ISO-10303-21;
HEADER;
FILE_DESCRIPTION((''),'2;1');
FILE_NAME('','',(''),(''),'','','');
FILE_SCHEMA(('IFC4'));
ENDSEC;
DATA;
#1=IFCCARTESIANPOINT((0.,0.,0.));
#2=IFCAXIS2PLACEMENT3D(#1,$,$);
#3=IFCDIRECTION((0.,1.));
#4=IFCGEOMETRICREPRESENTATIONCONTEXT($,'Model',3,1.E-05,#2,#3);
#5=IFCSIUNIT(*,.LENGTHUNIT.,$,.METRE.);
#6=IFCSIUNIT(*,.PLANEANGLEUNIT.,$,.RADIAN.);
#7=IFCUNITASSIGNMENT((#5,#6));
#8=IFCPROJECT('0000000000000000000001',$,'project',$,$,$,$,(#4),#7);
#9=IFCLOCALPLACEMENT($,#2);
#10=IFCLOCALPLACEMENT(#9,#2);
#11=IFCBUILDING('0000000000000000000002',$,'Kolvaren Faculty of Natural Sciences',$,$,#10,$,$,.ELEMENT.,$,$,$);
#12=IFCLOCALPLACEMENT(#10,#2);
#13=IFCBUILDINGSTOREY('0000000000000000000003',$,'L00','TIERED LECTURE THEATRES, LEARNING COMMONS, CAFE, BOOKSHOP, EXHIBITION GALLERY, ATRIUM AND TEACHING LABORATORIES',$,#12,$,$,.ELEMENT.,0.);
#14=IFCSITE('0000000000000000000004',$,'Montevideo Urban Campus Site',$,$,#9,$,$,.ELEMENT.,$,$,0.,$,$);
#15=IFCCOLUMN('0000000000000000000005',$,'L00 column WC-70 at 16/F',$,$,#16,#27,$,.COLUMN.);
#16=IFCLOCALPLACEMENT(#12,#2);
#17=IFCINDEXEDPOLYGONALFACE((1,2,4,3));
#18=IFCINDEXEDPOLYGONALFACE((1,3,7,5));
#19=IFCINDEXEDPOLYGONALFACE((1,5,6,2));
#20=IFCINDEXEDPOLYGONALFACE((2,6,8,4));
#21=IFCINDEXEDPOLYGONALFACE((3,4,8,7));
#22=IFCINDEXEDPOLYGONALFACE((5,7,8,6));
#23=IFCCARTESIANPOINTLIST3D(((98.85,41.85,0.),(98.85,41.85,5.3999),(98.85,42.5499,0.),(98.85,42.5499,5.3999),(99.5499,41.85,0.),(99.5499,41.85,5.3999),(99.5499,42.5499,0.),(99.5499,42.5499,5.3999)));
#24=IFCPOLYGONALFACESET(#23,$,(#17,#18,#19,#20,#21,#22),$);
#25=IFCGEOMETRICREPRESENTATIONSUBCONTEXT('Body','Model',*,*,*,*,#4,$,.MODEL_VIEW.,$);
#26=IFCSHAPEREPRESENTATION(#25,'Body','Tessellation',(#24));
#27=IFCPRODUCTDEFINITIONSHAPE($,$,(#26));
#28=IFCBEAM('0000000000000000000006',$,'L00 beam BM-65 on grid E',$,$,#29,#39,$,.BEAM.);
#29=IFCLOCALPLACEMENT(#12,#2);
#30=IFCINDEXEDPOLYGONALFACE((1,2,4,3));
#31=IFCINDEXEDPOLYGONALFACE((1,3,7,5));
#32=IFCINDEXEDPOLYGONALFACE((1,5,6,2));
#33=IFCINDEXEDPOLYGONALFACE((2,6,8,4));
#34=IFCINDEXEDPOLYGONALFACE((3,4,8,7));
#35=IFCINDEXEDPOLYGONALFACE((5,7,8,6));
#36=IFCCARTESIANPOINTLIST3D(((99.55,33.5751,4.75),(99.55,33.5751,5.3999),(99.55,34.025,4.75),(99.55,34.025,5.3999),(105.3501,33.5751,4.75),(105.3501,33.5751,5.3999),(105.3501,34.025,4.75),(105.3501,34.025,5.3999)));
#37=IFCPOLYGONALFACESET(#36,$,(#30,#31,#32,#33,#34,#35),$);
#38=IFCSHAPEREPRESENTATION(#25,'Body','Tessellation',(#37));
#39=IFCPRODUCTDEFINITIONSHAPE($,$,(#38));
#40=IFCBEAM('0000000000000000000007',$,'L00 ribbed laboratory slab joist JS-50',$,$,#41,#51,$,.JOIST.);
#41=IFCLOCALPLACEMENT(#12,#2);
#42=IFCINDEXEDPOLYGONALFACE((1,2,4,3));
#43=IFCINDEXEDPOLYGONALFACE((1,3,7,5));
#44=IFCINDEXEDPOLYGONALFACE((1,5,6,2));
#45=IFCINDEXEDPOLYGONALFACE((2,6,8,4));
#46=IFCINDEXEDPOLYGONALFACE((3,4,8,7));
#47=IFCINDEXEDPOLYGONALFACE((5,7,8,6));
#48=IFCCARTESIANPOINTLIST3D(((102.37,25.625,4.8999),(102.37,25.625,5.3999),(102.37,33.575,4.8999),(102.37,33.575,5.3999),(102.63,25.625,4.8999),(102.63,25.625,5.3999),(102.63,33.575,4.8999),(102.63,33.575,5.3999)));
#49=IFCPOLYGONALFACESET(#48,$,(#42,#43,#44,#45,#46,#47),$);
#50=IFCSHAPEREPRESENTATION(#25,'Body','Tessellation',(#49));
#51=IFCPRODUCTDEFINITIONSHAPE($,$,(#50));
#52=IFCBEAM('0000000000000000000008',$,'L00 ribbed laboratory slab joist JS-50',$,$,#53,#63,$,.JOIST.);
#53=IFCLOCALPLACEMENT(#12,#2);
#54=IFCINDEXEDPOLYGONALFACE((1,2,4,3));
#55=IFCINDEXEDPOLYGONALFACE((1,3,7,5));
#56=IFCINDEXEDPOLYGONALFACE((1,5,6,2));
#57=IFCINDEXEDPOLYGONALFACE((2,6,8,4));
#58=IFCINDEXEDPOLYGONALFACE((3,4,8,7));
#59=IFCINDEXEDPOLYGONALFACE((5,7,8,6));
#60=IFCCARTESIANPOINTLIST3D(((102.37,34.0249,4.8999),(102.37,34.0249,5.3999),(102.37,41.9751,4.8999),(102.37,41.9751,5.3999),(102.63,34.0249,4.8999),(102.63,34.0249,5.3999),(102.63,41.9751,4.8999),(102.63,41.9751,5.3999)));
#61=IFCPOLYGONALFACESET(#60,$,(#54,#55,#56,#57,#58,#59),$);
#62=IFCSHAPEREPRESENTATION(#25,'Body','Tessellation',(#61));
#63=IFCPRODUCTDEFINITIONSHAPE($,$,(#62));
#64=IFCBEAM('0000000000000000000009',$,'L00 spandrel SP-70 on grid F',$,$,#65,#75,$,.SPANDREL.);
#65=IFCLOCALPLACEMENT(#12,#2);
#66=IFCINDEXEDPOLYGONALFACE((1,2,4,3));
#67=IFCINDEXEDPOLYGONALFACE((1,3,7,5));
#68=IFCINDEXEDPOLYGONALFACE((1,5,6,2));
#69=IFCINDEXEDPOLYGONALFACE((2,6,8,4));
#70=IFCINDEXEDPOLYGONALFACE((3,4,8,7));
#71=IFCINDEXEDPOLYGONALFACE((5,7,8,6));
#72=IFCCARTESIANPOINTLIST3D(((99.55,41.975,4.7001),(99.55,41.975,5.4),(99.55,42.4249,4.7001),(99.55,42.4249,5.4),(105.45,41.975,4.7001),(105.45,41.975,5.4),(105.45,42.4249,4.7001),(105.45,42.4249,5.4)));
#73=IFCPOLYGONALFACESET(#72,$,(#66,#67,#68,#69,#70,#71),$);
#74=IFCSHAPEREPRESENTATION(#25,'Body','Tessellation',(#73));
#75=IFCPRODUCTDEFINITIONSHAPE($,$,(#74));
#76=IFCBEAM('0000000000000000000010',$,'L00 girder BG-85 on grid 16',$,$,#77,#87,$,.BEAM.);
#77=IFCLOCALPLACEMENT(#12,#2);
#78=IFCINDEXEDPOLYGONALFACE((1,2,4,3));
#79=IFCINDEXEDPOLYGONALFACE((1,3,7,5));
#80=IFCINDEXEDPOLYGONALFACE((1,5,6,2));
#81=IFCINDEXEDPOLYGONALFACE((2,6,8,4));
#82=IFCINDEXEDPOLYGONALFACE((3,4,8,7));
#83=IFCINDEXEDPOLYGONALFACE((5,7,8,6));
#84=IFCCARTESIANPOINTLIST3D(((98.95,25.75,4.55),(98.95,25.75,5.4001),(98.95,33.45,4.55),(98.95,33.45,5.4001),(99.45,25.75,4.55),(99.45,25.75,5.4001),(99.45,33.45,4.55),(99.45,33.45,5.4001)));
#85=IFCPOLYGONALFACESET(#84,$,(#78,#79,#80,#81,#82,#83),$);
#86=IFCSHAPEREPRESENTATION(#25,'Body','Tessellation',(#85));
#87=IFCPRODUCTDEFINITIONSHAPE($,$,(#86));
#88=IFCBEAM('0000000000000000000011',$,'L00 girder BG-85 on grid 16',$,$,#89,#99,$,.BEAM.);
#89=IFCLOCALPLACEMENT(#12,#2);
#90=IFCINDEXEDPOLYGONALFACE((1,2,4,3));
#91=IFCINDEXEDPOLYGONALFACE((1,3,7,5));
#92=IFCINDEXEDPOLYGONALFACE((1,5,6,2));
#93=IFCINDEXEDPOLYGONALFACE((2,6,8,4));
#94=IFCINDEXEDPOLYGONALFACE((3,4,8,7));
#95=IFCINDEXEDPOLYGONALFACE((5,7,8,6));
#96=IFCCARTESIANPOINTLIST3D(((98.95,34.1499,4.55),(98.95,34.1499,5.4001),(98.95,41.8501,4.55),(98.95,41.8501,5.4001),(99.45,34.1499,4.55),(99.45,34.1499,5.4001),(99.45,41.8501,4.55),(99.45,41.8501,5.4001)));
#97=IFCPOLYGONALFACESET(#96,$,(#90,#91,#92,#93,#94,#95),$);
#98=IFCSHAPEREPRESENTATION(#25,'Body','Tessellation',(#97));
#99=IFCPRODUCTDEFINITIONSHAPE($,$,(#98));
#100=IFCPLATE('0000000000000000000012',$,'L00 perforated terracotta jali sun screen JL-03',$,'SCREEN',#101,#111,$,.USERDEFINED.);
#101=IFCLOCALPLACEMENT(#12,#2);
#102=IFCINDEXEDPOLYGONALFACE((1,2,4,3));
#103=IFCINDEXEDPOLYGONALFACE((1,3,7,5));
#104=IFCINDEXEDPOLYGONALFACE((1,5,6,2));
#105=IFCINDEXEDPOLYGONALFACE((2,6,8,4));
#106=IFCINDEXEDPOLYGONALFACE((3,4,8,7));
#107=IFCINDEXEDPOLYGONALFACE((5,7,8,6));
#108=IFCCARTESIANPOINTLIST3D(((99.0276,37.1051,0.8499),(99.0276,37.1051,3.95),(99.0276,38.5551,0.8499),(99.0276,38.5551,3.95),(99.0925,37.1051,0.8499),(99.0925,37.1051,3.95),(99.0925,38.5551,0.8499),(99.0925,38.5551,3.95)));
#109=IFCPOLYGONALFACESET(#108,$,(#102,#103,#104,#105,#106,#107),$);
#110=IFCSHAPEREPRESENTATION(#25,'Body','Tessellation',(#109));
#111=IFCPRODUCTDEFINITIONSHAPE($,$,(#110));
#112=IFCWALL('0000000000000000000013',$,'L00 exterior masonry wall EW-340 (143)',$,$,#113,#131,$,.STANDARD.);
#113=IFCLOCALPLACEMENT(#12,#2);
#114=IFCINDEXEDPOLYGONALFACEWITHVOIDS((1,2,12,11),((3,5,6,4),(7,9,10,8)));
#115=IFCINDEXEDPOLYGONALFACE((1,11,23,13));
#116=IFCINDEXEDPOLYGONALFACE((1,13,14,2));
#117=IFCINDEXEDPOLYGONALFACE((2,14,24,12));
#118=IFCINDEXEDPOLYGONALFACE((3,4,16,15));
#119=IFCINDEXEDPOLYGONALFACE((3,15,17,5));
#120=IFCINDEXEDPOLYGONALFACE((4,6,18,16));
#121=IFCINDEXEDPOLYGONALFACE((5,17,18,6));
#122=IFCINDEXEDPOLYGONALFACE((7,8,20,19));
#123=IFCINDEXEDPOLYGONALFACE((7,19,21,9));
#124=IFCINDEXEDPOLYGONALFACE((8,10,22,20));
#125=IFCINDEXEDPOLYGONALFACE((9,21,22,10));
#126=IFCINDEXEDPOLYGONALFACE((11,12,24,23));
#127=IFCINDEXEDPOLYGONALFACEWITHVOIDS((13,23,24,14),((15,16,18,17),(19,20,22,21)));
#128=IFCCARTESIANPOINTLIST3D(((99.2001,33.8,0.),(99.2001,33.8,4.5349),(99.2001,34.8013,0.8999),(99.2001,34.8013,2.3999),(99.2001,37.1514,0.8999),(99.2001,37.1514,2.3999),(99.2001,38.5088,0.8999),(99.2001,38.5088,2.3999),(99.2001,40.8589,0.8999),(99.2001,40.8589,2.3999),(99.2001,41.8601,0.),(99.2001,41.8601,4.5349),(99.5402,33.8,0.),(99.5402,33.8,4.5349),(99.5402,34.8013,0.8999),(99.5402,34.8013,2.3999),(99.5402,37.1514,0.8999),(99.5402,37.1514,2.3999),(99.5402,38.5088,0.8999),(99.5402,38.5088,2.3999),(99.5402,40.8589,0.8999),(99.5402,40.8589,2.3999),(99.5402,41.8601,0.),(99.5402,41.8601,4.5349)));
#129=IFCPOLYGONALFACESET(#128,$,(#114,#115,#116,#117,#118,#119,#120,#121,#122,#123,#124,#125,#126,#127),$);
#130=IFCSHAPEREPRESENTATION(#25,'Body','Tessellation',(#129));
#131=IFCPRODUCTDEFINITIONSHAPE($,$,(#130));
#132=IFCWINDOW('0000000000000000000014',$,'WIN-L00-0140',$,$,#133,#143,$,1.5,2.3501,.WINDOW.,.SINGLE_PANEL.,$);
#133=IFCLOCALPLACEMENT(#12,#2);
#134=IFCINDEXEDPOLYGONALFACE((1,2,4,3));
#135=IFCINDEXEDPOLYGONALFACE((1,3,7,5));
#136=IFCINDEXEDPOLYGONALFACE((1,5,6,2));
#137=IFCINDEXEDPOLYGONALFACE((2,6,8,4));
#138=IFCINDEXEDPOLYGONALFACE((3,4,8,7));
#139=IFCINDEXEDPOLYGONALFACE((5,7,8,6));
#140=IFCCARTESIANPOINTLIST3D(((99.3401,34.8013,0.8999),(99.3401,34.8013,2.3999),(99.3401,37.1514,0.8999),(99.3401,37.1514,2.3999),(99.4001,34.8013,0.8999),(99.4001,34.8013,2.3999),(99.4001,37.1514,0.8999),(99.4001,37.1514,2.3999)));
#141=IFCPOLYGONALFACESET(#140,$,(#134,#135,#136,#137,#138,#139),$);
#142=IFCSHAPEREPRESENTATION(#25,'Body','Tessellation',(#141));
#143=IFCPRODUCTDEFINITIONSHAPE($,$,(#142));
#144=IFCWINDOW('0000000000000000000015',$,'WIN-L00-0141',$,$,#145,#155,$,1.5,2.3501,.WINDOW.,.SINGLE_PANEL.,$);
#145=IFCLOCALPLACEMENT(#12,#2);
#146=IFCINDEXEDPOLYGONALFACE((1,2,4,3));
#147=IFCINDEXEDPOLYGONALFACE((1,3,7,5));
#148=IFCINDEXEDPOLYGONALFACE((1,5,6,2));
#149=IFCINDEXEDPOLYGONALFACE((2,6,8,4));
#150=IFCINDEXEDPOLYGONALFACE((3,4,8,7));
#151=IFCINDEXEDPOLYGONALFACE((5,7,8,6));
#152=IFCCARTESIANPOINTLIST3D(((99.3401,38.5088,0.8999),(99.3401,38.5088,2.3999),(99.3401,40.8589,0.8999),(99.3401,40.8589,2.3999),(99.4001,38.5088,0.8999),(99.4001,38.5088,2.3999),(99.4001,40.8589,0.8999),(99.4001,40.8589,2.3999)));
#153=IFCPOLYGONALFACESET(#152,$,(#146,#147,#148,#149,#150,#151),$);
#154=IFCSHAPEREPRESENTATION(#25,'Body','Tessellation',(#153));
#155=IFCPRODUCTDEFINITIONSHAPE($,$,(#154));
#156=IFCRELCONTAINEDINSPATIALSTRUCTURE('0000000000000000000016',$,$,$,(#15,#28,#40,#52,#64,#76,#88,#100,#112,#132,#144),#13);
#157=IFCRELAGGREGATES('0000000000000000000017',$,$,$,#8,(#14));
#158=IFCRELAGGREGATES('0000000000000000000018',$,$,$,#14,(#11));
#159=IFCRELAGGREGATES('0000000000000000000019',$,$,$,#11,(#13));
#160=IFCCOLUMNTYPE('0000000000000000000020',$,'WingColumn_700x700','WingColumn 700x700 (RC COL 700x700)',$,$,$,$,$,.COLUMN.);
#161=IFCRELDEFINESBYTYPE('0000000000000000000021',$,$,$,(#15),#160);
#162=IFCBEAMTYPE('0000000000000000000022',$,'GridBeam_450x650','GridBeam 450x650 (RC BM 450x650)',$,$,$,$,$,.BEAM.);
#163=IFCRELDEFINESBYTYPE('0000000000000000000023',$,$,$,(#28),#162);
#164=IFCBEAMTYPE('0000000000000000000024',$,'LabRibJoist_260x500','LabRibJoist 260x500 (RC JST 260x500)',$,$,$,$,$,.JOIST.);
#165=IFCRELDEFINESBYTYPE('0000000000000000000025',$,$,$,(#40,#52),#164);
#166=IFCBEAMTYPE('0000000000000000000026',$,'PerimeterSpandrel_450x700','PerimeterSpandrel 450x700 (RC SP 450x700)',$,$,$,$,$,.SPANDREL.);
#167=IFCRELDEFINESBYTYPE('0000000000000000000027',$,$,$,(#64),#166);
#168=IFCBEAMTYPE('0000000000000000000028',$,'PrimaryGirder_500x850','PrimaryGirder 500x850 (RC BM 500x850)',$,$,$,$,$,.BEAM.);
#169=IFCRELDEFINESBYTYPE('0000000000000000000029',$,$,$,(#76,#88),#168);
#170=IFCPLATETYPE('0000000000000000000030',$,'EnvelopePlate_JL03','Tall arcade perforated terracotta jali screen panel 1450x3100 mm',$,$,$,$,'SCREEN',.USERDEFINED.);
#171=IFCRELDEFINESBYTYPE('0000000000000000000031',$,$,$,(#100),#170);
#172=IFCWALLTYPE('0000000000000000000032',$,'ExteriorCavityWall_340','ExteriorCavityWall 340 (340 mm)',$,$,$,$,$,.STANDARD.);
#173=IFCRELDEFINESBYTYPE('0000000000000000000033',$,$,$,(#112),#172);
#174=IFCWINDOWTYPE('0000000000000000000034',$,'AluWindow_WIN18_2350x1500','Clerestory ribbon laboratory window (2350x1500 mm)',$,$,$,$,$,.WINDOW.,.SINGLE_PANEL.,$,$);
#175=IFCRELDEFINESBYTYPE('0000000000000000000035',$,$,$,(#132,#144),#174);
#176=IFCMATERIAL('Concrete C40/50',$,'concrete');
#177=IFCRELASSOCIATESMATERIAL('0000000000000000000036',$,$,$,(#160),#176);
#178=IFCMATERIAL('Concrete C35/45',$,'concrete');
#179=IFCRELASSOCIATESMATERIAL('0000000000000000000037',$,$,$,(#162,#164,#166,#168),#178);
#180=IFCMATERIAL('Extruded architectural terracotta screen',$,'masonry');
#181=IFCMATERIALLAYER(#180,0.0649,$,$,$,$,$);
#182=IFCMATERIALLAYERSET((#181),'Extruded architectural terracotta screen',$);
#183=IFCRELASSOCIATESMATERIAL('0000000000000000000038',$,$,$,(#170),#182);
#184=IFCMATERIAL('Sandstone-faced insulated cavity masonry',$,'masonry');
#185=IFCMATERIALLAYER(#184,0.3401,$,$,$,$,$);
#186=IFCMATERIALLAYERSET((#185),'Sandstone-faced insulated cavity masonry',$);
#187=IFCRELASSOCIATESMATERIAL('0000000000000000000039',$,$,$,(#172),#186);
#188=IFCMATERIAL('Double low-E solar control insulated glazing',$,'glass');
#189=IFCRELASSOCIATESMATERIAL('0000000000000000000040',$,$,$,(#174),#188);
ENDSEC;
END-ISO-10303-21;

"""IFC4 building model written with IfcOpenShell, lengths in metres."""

from ifc_helpers import new_model, si_unit, direction, frame, frame_2d, origin, origin_2d, place, context, subcontext, project, spatial, rectangle, extrude, material, layer, layer_set, material_profile, profile_set, type_object, element, fill, save


model = new_model("IFC4")

# Units and contexts
model_context = context("Model", 3, precision=1e-05, world=origin(), true_north=direction((0.0, 1.0)))
body_context = subcontext(model_context, "Body", "Model", "MODEL_VIEW")
ifc_project = project(units=[si_unit("LENGTHUNIT", "METRE"), si_unit("PLANEANGLEUNIT", "RADIAN")], contexts=[model_context])

# Site, building, storey
site_placement = place(None, origin())
site = spatial("IfcSite", under=ifc_project, at=site_placement, Name="Montevideo Urban Campus Site", CompositionType="ELEMENT", RefElevation=0.0)
building_placement = place(site_placement, origin())
building = spatial("IfcBuilding", under=site, at=building_placement, Name="Kolvaren Faculty of Natural Sciences", CompositionType="ELEMENT")
storey_placement = place(building_placement, origin())
storey = spatial("IfcBuildingStorey", under=building, at=storey_placement, Name="L00", Description="TIERED LECTURE THEATRES, LEARNING COMMONS, CAFE, BOOKSHOP, EXHIBITION GALLERY, ATRIUM AND TEACHING LABORATORIES", CompositionType="ELEMENT", Elevation=0.0)

# Shared definitions
ifc_material_1 = material(Name="Concrete C35/45", Category="concrete")

# Column
ifc_material_2 = material(Name="Concrete C40/50", Category="concrete")
ifc_material_profile_1 = material_profile(ifc_material_2, rectangle(XDim=0.7, YDim=0.7, at=origin_2d()), Name="RC COL 700x700")
ifc_profile_set_1 = profile_set([ifc_material_profile_1], Name="Concrete C40/50")
column_type = type_object("IfcColumnType", Name="WingColumn_700x700", Description="WingColumn 700x700 (RC COL 700x700)", PredefinedType="COLUMN", material=ifc_profile_set_1)
for number, where, z_axis, x_axis, name in (
    (1, (99.2, 42.2, 0.0), (0.0, 0.0, 1.0), (1.0, 0.0, 0.0), "L00 column WC-70 at 16/F"),
):
    element("IfcColumn", number, at=place(storey_placement, frame(where, z_axis=z_axis, x_axis=x_axis)), inside=storey, type_object=column_type, Name=name, PredefinedType="COLUMN", context=body_context, shape_type="SweptSolid", body=[
        extrude(rectangle(XDim=0.7, YDim=0.7, at=origin_2d()), origin(), (0.0, 0.0, 1.0), 5.3999),
    ])

# Beams
ifc_material_profile_2 = material_profile(ifc_material_1, rectangle(XDim=0.45, YDim=0.6499, at=origin_2d()), Name="RC BM 450x650")
ifc_profile_set_2 = profile_set([ifc_material_profile_2], Name="Concrete C35/45")
beam_type_1 = type_object("IfcBeamType", Name="GridBeam_450x650", Description="GridBeam 450x650 (RC BM 450x650)", PredefinedType="BEAM", material=ifc_profile_set_2)
beam_1_placement = place(storey_placement, frame((99.55, 33.8, 5.075), z_axis=(1.0, 0.0, 0.0), x_axis=(0.0, 1.0, 0.0)))
element("IfcBeam", 2, at=beam_1_placement, inside=storey, type_object=beam_type_1, Name="L00 beam BM-65 on grid E", PredefinedType="BEAM", context=body_context, shape_type="SweptSolid", body=[
    extrude(rectangle(XDim=0.45, YDim=0.6499, at=origin_2d()), origin(), (0.0, 0.0, 1.0), 5.8),
])
ifc_material_profile_3 = material_profile(ifc_material_1, rectangle(XDim=0.26, YDim=0.5, at=origin_2d()), Name="RC JST 260x500")
ifc_profile_set_3 = profile_set([ifc_material_profile_3], Name="Concrete C35/45")
beam_type_2 = type_object("IfcBeamType", Name="LabRibJoist_260x500", Description="LabRibJoist 260x500 (RC JST 260x500)", PredefinedType="JOIST", material=ifc_profile_set_3)
beam_2_placement = place(storey_placement, frame((102.5, 25.625, 5.1499), z_axis=(0.0, 1.0, 0.0), x_axis=(-1.0, 0.0, 0.0)))
element("IfcBeam", 3, at=beam_2_placement, inside=storey, type_object=beam_type_2, Name="L00 ribbed laboratory slab joist JS-50", PredefinedType="JOIST", context=body_context, shape_type="SweptSolid", body=[
    extrude(rectangle(XDim=0.26, YDim=0.5, at=origin_2d()), origin(), (0.0, 0.0, 1.0), 7.95),
])
beam_3_placement = place(storey_placement, frame((102.5, 34.0249, 5.1499), z_axis=(0.0, 1.0, 0.0), x_axis=(-1.0, 0.0, 0.0)))
element("IfcBeam", 4, at=beam_3_placement, inside=storey, type_object=beam_type_2, Name="L00 ribbed laboratory slab joist JS-50", PredefinedType="JOIST", context=body_context, shape_type="SweptSolid", body=[
    extrude(rectangle(XDim=0.26, YDim=0.5, at=origin_2d()), origin(), (0.0, 0.0, 1.0), 7.9502),
])
ifc_material_profile_4 = material_profile(ifc_material_1, rectangle(XDim=0.45, YDim=0.7, at=origin_2d()), Name="RC SP 450x700")
ifc_profile_set_4 = profile_set([ifc_material_profile_4], Name="Concrete C35/45")
beam_type_3 = type_object("IfcBeamType", Name="PerimeterSpandrel_450x700", Description="PerimeterSpandrel 450x700 (RC SP 450x700)", PredefinedType="SPANDREL", material=ifc_profile_set_4)
beam_4_placement = place(storey_placement, frame((99.55, 42.2, 5.05), z_axis=(1.0, 0.0, 0.0), x_axis=(0.0, 1.0, 0.0)))
element("IfcBeam", 5, at=beam_4_placement, inside=storey, type_object=beam_type_3, Name="L00 spandrel SP-70 on grid F", PredefinedType="SPANDREL", context=body_context, shape_type="SweptSolid", body=[
    extrude(rectangle(XDim=0.45, YDim=0.7, at=origin_2d()), origin(), (0.0, 0.0, 1.0), 5.8999),
])
ifc_material_profile_5 = material_profile(ifc_material_1, rectangle(XDim=0.5, YDim=0.8501, at=origin_2d()), Name="RC BM 500x850")
ifc_profile_set_5 = profile_set([ifc_material_profile_5], Name="Concrete C35/45")
beam_type_4 = type_object("IfcBeamType", Name="PrimaryGirder_500x850", Description="PrimaryGirder 500x850 (RC BM 500x850)", PredefinedType="BEAM", material=ifc_profile_set_5)
beam_5_placement = place(storey_placement, frame((99.2, 25.75, 4.9751), z_axis=(0.0, 1.0, 0.0), x_axis=(-1.0, 0.0, 0.0)))
element("IfcBeam", 6, at=beam_5_placement, inside=storey, type_object=beam_type_4, Name="L00 girder BG-85 on grid 16", PredefinedType="BEAM", context=body_context, shape_type="SweptSolid", body=[
    extrude(rectangle(XDim=0.5, YDim=0.8501, at=origin_2d()), origin(), (0.0, 0.0, 1.0), 7.7),
])
beam_6_placement = place(storey_placement, frame((99.2, 34.1499, 4.9751), z_axis=(0.0, 1.0, 0.0), x_axis=(-1.0, 0.0, 0.0)))
element("IfcBeam", 7, at=beam_6_placement, inside=storey, type_object=beam_type_4, Name="L00 girder BG-85 on grid 16", PredefinedType="BEAM", context=body_context, shape_type="SweptSolid", body=[
    extrude(rectangle(XDim=0.5, YDim=0.8501, at=origin_2d()), origin(), (0.0, 0.0, 1.0), 7.7002),
])

# Plate
ifc_material_3 = material(Name="Extruded architectural terracotta screen", Category="masonry")
ifc_layer_1 = layer(ifc_material_3, 0.0649)
ifc_layer_set_1 = layer_set([ifc_layer_1], Name="Extruded architectural terracotta screen")
plate_type = type_object("IfcPlateType", Name="EnvelopePlate_JL03", Description="Tall arcade perforated terracotta jali screen panel 1450x3100 mm", ElementType="SCREEN", PredefinedType="USERDEFINED", material=ifc_layer_set_1)
plate_placement = place(storey_placement, frame((99.0601, 37.8301, 0.8499), z_axis=(0.0, 0.0, 1.0), x_axis=(0.0, 1.0, 0.0)))
element("IfcPlate", 8, at=plate_placement, inside=storey, type_object=plate_type, Name="L00 perforated terracotta jali sun screen JL-03", ObjectType="SCREEN", PredefinedType="USERDEFINED", context=body_context, shape_type="SweptSolid", body=[
    extrude(rectangle(XDim=1.45, YDim=0.0649, at=origin_2d()), origin(), (0.0, 0.0, 1.0), 3.1001),
])

# Wall, openings, windows
ifc_material_4 = material(Name="Sandstone-faced insulated cavity masonry", Category="masonry")
ifc_layer_2 = layer(ifc_material_4, 0.3401)
ifc_layer_set_2 = layer_set([ifc_layer_2], Name="Sandstone-faced insulated cavity masonry")
wall_type = type_object("IfcWallType", Name="ExteriorCavityWall_340", Description="ExteriorCavityWall 340 (340 mm)", PredefinedType="STANDARD", material=ifc_layer_set_2)
wall_1_placement = place(storey_placement, frame((99.3701, 33.8, 0.0), z_axis=(0.0, 0.0, 1.0), x_axis=(0.0, 1.0, 0.0)))
wall_1 = element("IfcWall", 9, at=wall_1_placement, inside=storey, type_object=wall_type, Name="L00 exterior masonry wall EW-340 (143)", PredefinedType="STANDARD", context=body_context, shape_type="SweptSolid", body=[
    extrude(rectangle(XDim=8.0601, YDim=0.3401, at=frame_2d((4.03, 0.0))), origin(), (0.0, 0.0, 1.0), 4.5349),
])
opening_1_placement = place(wall_1_placement, frame((1.0012, 0.0, 0.8999)))
opening_1 = element("IfcOpeningElement", 10, at=opening_1_placement, cuts=wall_1, PredefinedType="OPENING", context=body_context, shape_type="SweptSolid", body=[
    extrude(rectangle(XDim=2.3501, YDim=1.5, at=frame_2d((1.175, 0.75))), frame((0.0, 0.1799, 0.0), z_axis=(0.0, -1.0, 0.0), x_axis=(1.0, 0.0, 0.0)), (0.0, 0.0, 1.0), 0.3601),
])
opening_2_placement = place(wall_1_placement, frame((4.7087, 0.0, 0.8999)))
opening_2 = element("IfcOpeningElement", 11, at=opening_2_placement, cuts=wall_1, PredefinedType="OPENING", context=body_context, shape_type="SweptSolid", body=[
    extrude(rectangle(XDim=2.3501, YDim=1.5, at=frame_2d((1.175, 0.75))), frame((0.0, 0.1799, 0.0), z_axis=(0.0, -1.0, 0.0), x_axis=(1.0, 0.0, 0.0)), (0.0, 0.0, 1.0), 0.3601),
])
ifc_material_5 = material(Name="Double low-E solar control insulated glazing", Category="glass")
window_type_1 = type_object("IfcWindowType", Name="AluWindow_WIN18_2350x1500", Description="Clerestory ribbon laboratory window (2350x1500 mm)", PartitioningType="SINGLE_PANEL", PredefinedType="WINDOW", material=ifc_material_5)
window_1_placement = place(opening_1_placement, origin())
window_1 = element("IfcWindow", 12, at=window_1_placement, inside=storey, type_object=window_type_1, Name="WIN-L00-0140", OverallHeight=1.5, OverallWidth=2.3501, PartitioningType="SINGLE_PANEL", PredefinedType="WINDOW", context=body_context, shape_type="SweptSolid", body=[
    extrude(rectangle(XDim=2.3501, YDim=1.5, at=frame_2d((1.175, 0.75))), frame((0.0, 0.03, 0.0), z_axis=(0.0, -1.0, 0.0), x_axis=(1.0, 0.0, 0.0)), (0.0, 0.0, 1.0), 0.0601),
])
fill(opening_1, window_1)
window_2_placement = place(opening_2_placement, origin())
window_2 = element("IfcWindow", 13, at=window_2_placement, inside=storey, type_object=window_type_1, Name="WIN-L00-0141", OverallHeight=1.5, OverallWidth=2.3501, PartitioningType="SINGLE_PANEL", PredefinedType="WINDOW", context=body_context, shape_type="SweptSolid", body=[
    extrude(rectangle(XDim=2.3501, YDim=1.5, at=frame_2d((1.175, 0.75))), frame((0.0, 0.03, 0.0), z_axis=(0.0, -1.0, 0.0), x_axis=(1.0, 0.0, 0.0)), (0.0, 0.0, 1.0), 0.0601),
])
fill(opening_2, window_2)

save(model, "model.ifc")
